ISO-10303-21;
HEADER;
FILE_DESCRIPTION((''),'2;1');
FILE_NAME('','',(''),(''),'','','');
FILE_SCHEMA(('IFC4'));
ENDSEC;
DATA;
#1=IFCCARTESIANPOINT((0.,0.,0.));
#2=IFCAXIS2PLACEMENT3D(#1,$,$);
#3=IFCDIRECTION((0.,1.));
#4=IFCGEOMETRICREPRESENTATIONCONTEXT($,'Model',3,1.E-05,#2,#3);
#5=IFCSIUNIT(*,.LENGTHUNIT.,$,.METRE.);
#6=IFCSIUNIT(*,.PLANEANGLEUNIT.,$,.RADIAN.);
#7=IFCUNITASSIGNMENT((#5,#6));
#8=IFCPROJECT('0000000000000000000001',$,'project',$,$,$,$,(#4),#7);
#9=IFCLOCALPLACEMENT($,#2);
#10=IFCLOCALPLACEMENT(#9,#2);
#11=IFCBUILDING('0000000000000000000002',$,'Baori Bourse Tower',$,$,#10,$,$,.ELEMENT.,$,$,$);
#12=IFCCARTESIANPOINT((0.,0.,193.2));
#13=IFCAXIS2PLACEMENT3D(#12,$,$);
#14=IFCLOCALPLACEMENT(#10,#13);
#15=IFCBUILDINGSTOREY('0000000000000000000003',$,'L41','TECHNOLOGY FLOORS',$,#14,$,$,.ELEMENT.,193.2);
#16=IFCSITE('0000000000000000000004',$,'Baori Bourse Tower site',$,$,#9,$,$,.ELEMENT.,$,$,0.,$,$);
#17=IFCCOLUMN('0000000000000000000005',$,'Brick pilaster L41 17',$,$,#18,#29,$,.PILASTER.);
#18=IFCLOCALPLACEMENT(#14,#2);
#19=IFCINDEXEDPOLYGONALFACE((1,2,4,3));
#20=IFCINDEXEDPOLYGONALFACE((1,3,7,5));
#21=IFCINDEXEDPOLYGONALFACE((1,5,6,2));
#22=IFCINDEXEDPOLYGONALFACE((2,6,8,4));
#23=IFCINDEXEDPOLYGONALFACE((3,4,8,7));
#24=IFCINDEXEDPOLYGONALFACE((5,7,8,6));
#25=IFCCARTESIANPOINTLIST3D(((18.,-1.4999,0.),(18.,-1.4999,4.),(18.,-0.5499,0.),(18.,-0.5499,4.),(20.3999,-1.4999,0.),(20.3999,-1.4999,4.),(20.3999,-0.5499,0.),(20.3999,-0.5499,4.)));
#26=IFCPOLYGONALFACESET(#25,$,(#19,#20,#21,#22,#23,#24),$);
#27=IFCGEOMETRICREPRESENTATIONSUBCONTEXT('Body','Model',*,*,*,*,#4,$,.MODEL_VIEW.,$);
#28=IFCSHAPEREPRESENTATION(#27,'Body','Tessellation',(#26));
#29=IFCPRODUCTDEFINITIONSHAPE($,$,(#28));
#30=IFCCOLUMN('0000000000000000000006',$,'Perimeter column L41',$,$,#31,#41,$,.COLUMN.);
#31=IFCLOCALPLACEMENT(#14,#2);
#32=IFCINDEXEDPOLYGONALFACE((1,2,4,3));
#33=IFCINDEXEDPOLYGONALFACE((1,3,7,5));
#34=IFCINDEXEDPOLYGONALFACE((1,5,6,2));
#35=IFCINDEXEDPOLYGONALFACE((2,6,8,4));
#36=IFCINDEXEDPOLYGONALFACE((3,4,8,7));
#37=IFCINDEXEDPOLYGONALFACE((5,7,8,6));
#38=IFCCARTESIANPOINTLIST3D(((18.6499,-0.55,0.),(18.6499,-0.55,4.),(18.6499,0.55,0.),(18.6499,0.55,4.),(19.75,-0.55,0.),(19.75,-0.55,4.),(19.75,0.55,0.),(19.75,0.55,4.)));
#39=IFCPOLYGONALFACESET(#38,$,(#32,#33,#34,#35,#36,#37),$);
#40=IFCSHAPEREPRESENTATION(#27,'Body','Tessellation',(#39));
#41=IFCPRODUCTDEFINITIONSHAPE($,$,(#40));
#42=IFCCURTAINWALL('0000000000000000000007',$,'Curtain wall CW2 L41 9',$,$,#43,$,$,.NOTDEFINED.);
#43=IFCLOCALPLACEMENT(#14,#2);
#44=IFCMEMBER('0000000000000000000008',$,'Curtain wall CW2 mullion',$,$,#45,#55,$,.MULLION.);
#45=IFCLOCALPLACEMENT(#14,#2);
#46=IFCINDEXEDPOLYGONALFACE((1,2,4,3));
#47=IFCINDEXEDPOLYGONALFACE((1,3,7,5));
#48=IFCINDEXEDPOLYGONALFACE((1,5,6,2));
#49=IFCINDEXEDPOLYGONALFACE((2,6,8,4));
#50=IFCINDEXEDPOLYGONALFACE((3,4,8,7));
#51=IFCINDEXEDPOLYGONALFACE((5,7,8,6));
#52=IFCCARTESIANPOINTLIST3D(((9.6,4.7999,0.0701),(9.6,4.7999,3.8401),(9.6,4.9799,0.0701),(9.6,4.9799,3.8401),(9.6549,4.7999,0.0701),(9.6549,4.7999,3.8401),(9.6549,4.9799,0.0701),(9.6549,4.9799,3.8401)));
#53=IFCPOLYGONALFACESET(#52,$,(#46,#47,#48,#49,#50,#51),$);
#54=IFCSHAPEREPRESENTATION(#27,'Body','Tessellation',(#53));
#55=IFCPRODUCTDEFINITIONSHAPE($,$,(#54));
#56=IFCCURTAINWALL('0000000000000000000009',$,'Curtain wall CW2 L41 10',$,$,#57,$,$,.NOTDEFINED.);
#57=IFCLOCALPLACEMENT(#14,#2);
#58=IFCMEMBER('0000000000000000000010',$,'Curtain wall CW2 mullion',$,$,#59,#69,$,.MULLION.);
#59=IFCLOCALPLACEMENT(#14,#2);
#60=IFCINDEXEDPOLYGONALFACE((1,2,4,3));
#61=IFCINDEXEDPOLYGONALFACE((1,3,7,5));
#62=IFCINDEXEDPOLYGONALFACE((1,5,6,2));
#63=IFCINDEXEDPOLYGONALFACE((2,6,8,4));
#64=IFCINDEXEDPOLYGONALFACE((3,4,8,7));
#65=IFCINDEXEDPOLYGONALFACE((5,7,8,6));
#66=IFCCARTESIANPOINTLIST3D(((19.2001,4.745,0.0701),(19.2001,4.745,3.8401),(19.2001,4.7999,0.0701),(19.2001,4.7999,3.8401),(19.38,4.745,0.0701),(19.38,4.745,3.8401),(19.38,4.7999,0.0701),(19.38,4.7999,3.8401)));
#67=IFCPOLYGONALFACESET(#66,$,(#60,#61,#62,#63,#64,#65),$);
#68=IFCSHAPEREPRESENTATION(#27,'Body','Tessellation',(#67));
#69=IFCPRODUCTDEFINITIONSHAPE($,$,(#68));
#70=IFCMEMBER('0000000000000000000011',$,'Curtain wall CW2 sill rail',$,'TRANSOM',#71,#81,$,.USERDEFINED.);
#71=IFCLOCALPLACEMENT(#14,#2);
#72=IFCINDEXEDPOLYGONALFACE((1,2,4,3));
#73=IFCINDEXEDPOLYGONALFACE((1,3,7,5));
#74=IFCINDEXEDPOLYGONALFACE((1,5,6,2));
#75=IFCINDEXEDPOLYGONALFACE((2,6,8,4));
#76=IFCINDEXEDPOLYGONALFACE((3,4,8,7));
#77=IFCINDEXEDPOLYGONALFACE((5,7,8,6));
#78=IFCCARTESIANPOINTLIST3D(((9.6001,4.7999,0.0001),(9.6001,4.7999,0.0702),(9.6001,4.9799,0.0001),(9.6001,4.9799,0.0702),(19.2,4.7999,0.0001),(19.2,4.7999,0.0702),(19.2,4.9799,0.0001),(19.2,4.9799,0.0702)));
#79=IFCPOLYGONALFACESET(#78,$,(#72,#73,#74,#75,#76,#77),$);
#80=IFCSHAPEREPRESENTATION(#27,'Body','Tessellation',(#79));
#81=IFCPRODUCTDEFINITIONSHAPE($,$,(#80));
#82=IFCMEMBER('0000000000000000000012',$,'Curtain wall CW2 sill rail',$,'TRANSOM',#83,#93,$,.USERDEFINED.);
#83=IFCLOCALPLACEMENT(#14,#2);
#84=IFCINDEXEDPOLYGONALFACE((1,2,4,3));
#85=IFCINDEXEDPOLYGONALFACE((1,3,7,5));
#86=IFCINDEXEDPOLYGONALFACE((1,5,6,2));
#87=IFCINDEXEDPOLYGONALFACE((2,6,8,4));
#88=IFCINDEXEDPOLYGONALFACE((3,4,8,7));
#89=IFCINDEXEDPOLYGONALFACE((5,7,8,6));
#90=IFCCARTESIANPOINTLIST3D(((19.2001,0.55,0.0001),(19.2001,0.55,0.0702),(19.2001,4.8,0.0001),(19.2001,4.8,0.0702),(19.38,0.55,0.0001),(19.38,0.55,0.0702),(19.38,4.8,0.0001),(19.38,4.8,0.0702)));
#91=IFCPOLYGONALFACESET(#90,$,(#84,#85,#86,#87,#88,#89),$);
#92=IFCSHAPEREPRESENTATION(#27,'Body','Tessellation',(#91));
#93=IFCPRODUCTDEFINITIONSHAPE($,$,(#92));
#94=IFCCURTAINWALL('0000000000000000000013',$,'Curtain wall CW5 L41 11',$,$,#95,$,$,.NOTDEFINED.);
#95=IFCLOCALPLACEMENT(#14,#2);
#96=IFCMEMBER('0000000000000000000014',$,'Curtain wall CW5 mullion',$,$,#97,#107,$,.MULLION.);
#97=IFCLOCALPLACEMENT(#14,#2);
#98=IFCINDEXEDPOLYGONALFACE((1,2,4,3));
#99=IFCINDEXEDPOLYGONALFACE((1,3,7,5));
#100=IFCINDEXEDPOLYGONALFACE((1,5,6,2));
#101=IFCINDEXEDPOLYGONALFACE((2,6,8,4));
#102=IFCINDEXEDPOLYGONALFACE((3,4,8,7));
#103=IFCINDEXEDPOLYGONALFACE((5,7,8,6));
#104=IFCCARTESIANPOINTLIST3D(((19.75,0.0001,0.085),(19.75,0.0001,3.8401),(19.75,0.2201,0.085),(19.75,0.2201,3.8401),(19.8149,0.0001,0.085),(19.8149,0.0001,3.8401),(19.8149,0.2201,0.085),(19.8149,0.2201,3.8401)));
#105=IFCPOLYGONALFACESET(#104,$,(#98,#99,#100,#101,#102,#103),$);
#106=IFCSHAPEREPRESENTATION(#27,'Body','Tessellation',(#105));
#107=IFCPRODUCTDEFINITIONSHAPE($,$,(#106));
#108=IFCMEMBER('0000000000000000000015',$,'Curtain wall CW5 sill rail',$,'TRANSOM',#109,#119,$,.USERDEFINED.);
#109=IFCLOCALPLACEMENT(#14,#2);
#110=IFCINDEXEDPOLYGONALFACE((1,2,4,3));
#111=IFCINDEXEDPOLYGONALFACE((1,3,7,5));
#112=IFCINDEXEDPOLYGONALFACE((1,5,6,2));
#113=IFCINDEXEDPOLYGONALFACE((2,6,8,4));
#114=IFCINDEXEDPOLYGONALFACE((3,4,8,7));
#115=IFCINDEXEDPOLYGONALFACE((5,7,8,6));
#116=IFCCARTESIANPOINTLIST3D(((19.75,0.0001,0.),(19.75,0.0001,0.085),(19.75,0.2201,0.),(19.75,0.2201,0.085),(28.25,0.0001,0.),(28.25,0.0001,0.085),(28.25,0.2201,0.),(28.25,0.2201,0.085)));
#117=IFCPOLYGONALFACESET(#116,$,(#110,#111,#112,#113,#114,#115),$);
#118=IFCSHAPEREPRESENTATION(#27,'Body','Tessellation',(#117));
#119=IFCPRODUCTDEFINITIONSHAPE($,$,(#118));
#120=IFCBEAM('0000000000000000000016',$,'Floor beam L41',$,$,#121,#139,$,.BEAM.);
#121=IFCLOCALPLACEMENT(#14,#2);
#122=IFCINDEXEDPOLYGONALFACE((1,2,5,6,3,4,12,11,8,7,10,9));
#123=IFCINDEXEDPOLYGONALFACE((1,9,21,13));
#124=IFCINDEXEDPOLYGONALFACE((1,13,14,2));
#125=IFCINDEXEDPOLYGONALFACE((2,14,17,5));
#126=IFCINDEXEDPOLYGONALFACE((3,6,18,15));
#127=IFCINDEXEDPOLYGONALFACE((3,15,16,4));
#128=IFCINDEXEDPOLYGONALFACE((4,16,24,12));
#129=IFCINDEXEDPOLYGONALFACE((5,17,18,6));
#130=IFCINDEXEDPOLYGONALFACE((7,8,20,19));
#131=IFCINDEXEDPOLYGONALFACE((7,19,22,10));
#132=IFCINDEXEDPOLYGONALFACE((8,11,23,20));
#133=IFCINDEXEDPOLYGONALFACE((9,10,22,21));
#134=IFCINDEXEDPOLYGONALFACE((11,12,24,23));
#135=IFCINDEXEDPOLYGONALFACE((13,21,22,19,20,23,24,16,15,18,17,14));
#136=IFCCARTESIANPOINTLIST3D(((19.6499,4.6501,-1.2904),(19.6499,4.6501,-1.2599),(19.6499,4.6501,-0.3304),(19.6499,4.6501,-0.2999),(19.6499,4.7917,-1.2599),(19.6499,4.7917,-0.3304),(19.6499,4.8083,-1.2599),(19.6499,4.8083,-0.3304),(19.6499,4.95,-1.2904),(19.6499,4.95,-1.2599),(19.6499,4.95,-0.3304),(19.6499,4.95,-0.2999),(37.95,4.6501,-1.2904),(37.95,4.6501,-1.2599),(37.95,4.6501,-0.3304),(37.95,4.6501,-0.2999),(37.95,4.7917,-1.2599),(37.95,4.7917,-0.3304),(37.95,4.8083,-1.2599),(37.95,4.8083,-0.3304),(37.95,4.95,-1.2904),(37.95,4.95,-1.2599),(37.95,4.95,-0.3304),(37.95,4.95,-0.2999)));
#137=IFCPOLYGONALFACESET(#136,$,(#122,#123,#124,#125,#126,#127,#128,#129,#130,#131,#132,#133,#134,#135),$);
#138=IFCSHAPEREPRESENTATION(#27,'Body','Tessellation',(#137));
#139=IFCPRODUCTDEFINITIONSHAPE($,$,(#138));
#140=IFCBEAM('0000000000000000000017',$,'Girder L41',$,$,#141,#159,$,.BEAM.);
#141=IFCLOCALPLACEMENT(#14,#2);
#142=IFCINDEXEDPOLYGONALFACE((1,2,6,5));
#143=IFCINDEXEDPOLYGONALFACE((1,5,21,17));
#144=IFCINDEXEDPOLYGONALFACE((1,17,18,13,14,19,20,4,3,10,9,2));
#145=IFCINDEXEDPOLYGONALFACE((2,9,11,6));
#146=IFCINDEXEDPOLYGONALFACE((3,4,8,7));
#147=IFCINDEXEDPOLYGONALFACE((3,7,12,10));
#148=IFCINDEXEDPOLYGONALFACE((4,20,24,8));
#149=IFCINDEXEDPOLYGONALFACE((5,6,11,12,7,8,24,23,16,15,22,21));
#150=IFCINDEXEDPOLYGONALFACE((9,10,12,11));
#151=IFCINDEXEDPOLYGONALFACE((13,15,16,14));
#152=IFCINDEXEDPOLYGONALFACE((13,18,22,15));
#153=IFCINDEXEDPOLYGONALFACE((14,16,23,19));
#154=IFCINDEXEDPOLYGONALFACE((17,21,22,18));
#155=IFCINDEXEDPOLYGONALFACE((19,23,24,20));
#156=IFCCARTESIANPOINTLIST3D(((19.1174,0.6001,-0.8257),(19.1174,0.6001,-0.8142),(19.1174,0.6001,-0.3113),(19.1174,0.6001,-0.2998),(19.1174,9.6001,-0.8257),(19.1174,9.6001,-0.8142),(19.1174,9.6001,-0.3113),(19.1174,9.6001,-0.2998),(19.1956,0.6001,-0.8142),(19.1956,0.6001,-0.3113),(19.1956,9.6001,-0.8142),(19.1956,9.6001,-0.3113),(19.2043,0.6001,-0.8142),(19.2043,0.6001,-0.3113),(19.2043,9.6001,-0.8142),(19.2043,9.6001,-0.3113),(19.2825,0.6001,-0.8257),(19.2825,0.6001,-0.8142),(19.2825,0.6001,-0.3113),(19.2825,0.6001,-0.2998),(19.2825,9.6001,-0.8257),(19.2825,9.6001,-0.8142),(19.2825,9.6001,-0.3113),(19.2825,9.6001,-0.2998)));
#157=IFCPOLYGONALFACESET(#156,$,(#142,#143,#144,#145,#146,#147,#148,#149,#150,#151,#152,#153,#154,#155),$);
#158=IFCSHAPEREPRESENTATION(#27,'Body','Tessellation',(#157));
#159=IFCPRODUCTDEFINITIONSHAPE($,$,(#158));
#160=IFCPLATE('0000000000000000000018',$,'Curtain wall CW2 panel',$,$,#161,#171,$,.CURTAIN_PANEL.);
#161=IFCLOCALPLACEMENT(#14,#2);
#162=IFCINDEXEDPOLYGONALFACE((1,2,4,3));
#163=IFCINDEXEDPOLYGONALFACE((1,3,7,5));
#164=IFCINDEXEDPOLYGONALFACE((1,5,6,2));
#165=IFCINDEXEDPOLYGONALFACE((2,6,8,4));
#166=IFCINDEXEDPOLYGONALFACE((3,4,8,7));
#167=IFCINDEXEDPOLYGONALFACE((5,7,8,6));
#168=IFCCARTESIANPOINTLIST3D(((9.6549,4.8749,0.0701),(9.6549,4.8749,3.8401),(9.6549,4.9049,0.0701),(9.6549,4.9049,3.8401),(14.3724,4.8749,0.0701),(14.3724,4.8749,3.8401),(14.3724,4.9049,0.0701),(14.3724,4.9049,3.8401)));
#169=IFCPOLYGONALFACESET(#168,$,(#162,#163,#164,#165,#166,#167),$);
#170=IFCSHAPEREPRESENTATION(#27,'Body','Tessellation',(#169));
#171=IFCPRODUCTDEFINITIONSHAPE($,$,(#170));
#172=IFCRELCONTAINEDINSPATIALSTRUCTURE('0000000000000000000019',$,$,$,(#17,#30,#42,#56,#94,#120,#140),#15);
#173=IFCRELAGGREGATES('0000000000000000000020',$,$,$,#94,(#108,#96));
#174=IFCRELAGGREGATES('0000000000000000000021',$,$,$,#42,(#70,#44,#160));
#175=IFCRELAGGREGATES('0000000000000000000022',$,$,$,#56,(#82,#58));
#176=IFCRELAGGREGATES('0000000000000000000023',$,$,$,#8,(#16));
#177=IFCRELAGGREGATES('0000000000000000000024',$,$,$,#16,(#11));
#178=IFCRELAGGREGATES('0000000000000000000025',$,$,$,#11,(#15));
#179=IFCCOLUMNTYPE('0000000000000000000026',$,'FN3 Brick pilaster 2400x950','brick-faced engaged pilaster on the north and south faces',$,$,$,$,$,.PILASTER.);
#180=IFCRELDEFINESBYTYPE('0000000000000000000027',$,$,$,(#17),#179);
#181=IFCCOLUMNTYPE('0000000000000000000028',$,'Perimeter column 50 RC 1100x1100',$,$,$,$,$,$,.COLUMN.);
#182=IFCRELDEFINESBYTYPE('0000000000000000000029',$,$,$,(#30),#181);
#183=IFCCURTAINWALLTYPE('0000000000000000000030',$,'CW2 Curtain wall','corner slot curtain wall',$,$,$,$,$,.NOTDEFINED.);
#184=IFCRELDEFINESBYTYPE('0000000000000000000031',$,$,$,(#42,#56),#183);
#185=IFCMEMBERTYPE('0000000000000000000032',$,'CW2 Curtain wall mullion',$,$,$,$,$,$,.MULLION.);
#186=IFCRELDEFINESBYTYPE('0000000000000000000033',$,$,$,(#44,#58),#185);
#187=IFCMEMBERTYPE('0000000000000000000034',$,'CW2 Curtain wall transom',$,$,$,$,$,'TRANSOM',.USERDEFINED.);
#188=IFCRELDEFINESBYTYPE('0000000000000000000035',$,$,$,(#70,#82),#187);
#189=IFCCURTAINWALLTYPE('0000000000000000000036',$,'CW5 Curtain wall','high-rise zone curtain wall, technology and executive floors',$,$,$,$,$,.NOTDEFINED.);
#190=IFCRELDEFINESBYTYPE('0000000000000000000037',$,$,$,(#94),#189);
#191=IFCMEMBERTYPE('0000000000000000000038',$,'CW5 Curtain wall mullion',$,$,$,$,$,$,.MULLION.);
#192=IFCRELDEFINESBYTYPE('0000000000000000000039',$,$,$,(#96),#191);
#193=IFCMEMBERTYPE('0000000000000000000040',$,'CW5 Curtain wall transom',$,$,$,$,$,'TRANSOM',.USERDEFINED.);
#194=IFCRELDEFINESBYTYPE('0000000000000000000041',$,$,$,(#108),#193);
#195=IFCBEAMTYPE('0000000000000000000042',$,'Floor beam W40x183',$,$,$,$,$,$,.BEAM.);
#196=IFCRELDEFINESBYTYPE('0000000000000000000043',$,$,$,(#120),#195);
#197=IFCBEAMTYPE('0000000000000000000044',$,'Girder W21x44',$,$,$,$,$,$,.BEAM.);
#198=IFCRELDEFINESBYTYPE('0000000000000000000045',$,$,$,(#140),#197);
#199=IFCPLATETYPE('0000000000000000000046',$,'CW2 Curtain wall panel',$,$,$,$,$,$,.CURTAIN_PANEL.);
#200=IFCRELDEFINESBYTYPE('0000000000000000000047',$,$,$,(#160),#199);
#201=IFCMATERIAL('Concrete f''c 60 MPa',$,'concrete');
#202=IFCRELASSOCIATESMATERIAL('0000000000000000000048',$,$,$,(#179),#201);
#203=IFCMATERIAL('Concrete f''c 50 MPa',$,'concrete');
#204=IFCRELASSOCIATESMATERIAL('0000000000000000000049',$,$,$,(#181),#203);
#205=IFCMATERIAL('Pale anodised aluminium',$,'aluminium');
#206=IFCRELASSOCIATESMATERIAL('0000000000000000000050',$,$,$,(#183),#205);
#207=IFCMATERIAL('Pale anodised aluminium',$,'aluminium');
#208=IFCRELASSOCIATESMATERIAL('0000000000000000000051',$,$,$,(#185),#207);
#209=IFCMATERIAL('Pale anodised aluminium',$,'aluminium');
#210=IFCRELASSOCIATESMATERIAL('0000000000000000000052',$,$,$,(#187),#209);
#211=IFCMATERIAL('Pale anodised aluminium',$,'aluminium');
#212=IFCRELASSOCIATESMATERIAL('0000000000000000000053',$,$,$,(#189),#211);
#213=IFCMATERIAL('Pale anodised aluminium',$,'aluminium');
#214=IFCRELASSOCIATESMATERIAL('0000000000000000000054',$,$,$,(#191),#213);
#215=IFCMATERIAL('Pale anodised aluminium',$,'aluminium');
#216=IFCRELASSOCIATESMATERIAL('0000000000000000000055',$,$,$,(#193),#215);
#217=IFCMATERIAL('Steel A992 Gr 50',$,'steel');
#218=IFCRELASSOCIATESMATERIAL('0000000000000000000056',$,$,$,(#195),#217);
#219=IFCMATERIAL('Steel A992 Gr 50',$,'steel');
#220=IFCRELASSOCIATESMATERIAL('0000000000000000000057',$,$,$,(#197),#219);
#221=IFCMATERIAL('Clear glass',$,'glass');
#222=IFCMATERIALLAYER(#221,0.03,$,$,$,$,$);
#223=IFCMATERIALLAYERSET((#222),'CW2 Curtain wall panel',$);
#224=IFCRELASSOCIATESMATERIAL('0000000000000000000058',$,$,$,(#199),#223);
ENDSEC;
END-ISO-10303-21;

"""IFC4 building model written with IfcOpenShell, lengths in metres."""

from ifc_helpers import new_model, si_unit, direction, frame, origin, origin_2d, place, context, subcontext, project, spatial, rectangle, i_section, extrude, material, layer, layer_set, material_profile, profile_set, type_object, element, aggregate, save


model = new_model("IFC4")

# Units and contexts
model_context = context("Model", 3, precision=1e-05, world=origin(), true_north=direction((0.0, 1.0)))
body_context = subcontext(model_context, "Body", "Model", "MODEL_VIEW")
ifc_project = project(units=[si_unit("LENGTHUNIT", "METRE"), si_unit("PLANEANGLEUNIT", "RADIAN")], contexts=[model_context])

# Site, building, storey
site_placement = place(None, origin())
site = spatial("IfcSite", under=ifc_project, at=site_placement, Name="Baori Bourse Tower site", CompositionType="ELEMENT", RefElevation=0.0)
building_placement = place(site_placement, origin())
building = spatial("IfcBuilding", under=site, at=building_placement, Name="Baori Bourse Tower", CompositionType="ELEMENT")
storey_placement = place(building_placement, frame((0.0, 0.0, 193.2)))
storey = spatial("IfcBuildingStorey", under=building, at=storey_placement, Name="L41", Description="TECHNOLOGY FLOORS", CompositionType="ELEMENT", Elevation=193.2)

# Columns
ifc_material_1 = material(Name="Concrete f'c 60 MPa", Category="concrete")
ifc_material_profile_1 = material_profile(ifc_material_1, rectangle(XDim=2.3999, YDim=0.95, at=origin_2d()), Name="RC 2400x950")
ifc_profile_set_1 = profile_set([ifc_material_profile_1], Name="Concrete f'c 60 MPa")
column_type_1 = type_object("IfcColumnType", Name="FN3 Brick pilaster 2400x950", Description="brick-faced engaged pilaster on the north and south faces", PredefinedType="PILASTER", material=ifc_profile_set_1)
column_1_placement = place(storey_placement, frame((19.2, -1.0249, 0.0), z_axis=(0.0, 0.0, 1.0), x_axis=(1.0, 0.0, 0.0)))
element("IfcColumn", 1, at=column_1_placement, inside=storey, type_object=column_type_1, Name="Brick pilaster L41 17", PredefinedType="PILASTER", context=body_context, shape_type="SweptSolid", body=[
    extrude(rectangle(XDim=2.3999, YDim=0.95, at=origin_2d()), origin(), (0.0, 0.0, 1.0), 4.0),
])
ifc_material_2 = material(Name="Concrete f'c 50 MPa", Category="concrete")
ifc_material_profile_2 = material_profile(ifc_material_2, rectangle(XDim=1.1001, YDim=1.1001, at=origin_2d()), Name="RC 1100x1100")
ifc_profile_set_2 = profile_set([ifc_material_profile_2], Name="Concrete f'c 50 MPa")
column_type_2 = type_object("IfcColumnType", Name="Perimeter column 50 RC 1100x1100", PredefinedType="COLUMN", material=ifc_profile_set_2)
column_2_placement = place(storey_placement, frame((19.2, 0.0, 0.0), z_axis=(0.0, 0.0, 1.0), x_axis=(1.0, 0.0, 0.0)))
element("IfcColumn", 2, at=column_2_placement, inside=storey, type_object=column_type_2, Name="Perimeter column L41", PredefinedType="COLUMN", context=body_context, shape_type="SweptSolid", body=[
    extrude(rectangle(XDim=1.1001, YDim=1.1001, at=origin_2d()), origin(), (0.0, 0.0, 1.0), 4.0),
])

# Curtain walls, members
ifc_material_3 = material(Name="Pale anodised aluminium", Category="aluminium")
curtain_wall_type_1 = type_object("IfcCurtainWallType", Name="CW2 Curtain wall", Description="corner slot curtain wall", PredefinedType="NOTDEFINED", material=ifc_material_3)
curtain_wall_1_placement = place(storey_placement, origin())
curtain_wall_1 = element("IfcCurtainWall", 3, at=curtain_wall_1_placement, inside=storey, type_object=curtain_wall_type_1, Name="Curtain wall CW2 L41 9", PredefinedType="NOTDEFINED")
ifc_material_4 = material(Name="Pale anodised aluminium", Category="aluminium")
ifc_material_profile_3 = material_profile(ifc_material_4, rectangle(XDim=0.1799, YDim=0.0549, at=origin_2d()), Name="Mullion 55x180")
ifc_profile_set_3 = profile_set([ifc_material_profile_3], Name="Pale anodised aluminium")
member_type_1 = type_object("IfcMemberType", Name="CW2 Curtain wall mullion", PredefinedType="MULLION", material=ifc_profile_set_3)
member_1_placement = place(storey_placement, frame((9.6274, 4.8899, 0.0701), z_axis=(0.0, 0.0, 1.0), x_axis=(0.0, 1.0, 0.0)))
member_1 = element("IfcMember", 4, at=member_1_placement, type_object=member_type_1, Name="Curtain wall CW2 mullion", PredefinedType="MULLION", context=body_context, shape_type="SweptSolid", body=[
    extrude(rectangle(XDim=0.1799, YDim=0.0549, at=origin_2d()), origin(), (0.0, 0.0, 1.0), 3.77),
])
curtain_wall_2_placement = place(storey_placement, origin())
curtain_wall_2 = element("IfcCurtainWall", 5, at=curtain_wall_2_placement, inside=storey, type_object=curtain_wall_type_1, Name="Curtain wall CW2 L41 10", PredefinedType="NOTDEFINED")
member_2_placement = place(storey_placement, frame((19.29, 4.7725, 0.0701), z_axis=(0.0, 0.0, 1.0), x_axis=(1.0, 0.0, 0.0)))
member_2 = element("IfcMember", 6, at=member_2_placement, type_object=member_type_1, Name="Curtain wall CW2 mullion", PredefinedType="MULLION", context=body_context, shape_type="SweptSolid", body=[
    extrude(rectangle(XDim=0.1799, YDim=0.0549, at=origin_2d()), origin(), (0.0, 0.0, 1.0), 3.77),
])

# Members
ifc_material_5 = material(Name="Pale anodised aluminium", Category="aluminium")
ifc_material_profile_4 = material_profile(ifc_material_5, rectangle(XDim=0.1799, YDim=0.0701, at=origin_2d()), Name="Transom 70x180")
ifc_profile_set_4 = profile_set([ifc_material_profile_4], Name="Pale anodised aluminium")
member_type_2 = type_object("IfcMemberType", Name="CW2 Curtain wall transom", ElementType="TRANSOM", PredefinedType="USERDEFINED", material=ifc_profile_set_4)
member_3_placement = place(storey_placement, frame((9.6001, 4.8899, 0.0352), z_axis=(1.0, 0.0, 0.0), x_axis=(0.0, 1.0, 0.0)))
member_3 = element("IfcMember", 7, at=member_3_placement, type_object=member_type_2, Name="Curtain wall CW2 sill rail", ObjectType="TRANSOM", PredefinedType="USERDEFINED", context=body_context, shape_type="SweptSolid", body=[
    extrude(rectangle(XDim=0.1799, YDim=0.0701, at=origin_2d()), origin(), (0.0, 0.0, 1.0), 9.5999),
])
member_4_placement = place(storey_placement, frame((19.29, 4.8, 0.0352), z_axis=(0.0, -1.0, 0.0), x_axis=(1.0, 0.0, 0.0)))
member_4 = element("IfcMember", 8, at=member_4_placement, type_object=member_type_2, Name="Curtain wall CW2 sill rail", ObjectType="TRANSOM", PredefinedType="USERDEFINED", context=body_context, shape_type="SweptSolid", body=[
    extrude(rectangle(XDim=0.1799, YDim=0.0701, at=origin_2d()), origin(), (0.0, 0.0, 1.0), 4.25),
])

# Curtain wall, members
ifc_material_6 = material(Name="Pale anodised aluminium", Category="aluminium")
curtain_wall_type_2 = type_object("IfcCurtainWallType", Name="CW5 Curtain wall", Description="high-rise zone curtain wall, technology and executive floors", PredefinedType="NOTDEFINED", material=ifc_material_6)
curtain_wall_3_placement = place(storey_placement, origin())
curtain_wall_3 = element("IfcCurtainWall", 9, at=curtain_wall_3_placement, inside=storey, type_object=curtain_wall_type_2, Name="Curtain wall CW5 L41 11", PredefinedType="NOTDEFINED")
ifc_material_7 = material(Name="Pale anodised aluminium", Category="aluminium")
ifc_material_profile_5 = material_profile(ifc_material_7, rectangle(XDim=0.22, YDim=0.0649, at=origin_2d()), Name="Mullion 65x220")
ifc_profile_set_5 = profile_set([ifc_material_profile_5], Name="Pale anodised aluminium")
member_type_3 = type_object("IfcMemberType", Name="CW5 Curtain wall mullion", PredefinedType="MULLION", material=ifc_profile_set_5)
member_5_placement = place(storey_placement, frame((19.7825, 0.1101, 0.085), z_axis=(0.0, 0.0, 1.0), x_axis=(0.0, 1.0, 0.0)))
member_5 = element("IfcMember", 10, at=member_5_placement, type_object=member_type_3, Name="Curtain wall CW5 mullion", PredefinedType="MULLION", context=body_context, shape_type="SweptSolid", body=[
    extrude(rectangle(XDim=0.22, YDim=0.0649, at=origin_2d()), origin(), (0.0, 0.0, 1.0), 3.7551),
])
ifc_material_8 = material(Name="Pale anodised aluminium", Category="aluminium")
ifc_material_profile_6 = material_profile(ifc_material_8, rectangle(XDim=0.22, YDim=0.085, at=origin_2d()), Name="Transom 85x220")
ifc_profile_set_6 = profile_set([ifc_material_profile_6], Name="Pale anodised aluminium")
member_type_4 = type_object("IfcMemberType", Name="CW5 Curtain wall transom", ElementType="TRANSOM", PredefinedType="USERDEFINED", material=ifc_profile_set_6)
member_6_placement = place(storey_placement, frame((19.75, 0.1101, 0.0425), z_axis=(1.0, 0.0, 0.0), x_axis=(0.0, 1.0, 0.0)))
member_6 = element("IfcMember", 11, at=member_6_placement, type_object=member_type_4, Name="Curtain wall CW5 sill rail", ObjectType="TRANSOM", PredefinedType="USERDEFINED", context=body_context, shape_type="SweptSolid", body=[
    extrude(rectangle(XDim=0.22, YDim=0.085, at=origin_2d()), origin(), (0.0, 0.0, 1.0), 8.5),
])
aggregate(curtain_wall_3, [member_6, member_5])

# Beams
ifc_material_9 = material(Name="Steel A992 Gr 50", Category="steel")
ifc_material_profile_7 = material_profile(ifc_material_9, i_section(OverallWidth=0.2998, OverallDepth=0.9905, WebThickness=0.0166, FlangeThickness=0.0305, at=origin_2d()), Name="W40x183")
ifc_profile_set_7 = profile_set([ifc_material_profile_7], Name="Steel A992 Gr 50")
beam_type_1 = type_object("IfcBeamType", Name="Floor beam W40x183", PredefinedType="BEAM", material=ifc_profile_set_7)
beam_1_placement = place(storey_placement, frame((19.6499, 4.8, -0.7952), z_axis=(1.0, 0.0, 0.0), x_axis=(0.0, 1.0, 0.0)))
element("IfcBeam", 12, at=beam_1_placement, inside=storey, type_object=beam_type_1, Name="Floor beam L41", PredefinedType="BEAM", context=body_context, shape_type="SweptSolid", body=[
    extrude(i_section(OverallWidth=0.2998, OverallDepth=0.9905, WebThickness=0.0166, FlangeThickness=0.0305, at=origin_2d()), origin(), (0.0, 0.0, 1.0), 18.3),
])
ifc_material_10 = material(Name="Steel A992 Gr 50", Category="steel")
ifc_material_profile_8 = material_profile(ifc_material_10, i_section(OverallWidth=0.165, OverallDepth=0.5259, WebThickness=0.0088, FlangeThickness=0.0115, at=origin_2d()), Name="W21x44")
ifc_profile_set_8 = profile_set([ifc_material_profile_8], Name="Steel A992 Gr 50")
beam_type_2 = type_object("IfcBeamType", Name="Girder W21x44", PredefinedType="BEAM", material=ifc_profile_set_8)
beam_2_placement = place(storey_placement, frame((19.2, 0.6001, -0.5627), z_axis=(0.0, 1.0, 0.0), x_axis=(-1.0, 0.0, 0.0)))
element("IfcBeam", 13, at=beam_2_placement, inside=storey, type_object=beam_type_2, Name="Girder L41", PredefinedType="BEAM", context=body_context, shape_type="SweptSolid", body=[
    extrude(i_section(OverallWidth=0.165, OverallDepth=0.5259, WebThickness=0.0088, FlangeThickness=0.0115, at=origin_2d()), origin(), (0.0, 0.0, 1.0), 9.0),
])

# Plate
ifc_material_11 = material(Name="Clear glass", Category="glass")
ifc_layer_1 = layer(ifc_material_11, 0.03)
ifc_layer_set_1 = layer_set([ifc_layer_1], Name="CW2 Curtain wall panel")
plate_type = type_object("IfcPlateType", Name="CW2 Curtain wall panel", PredefinedType="CURTAIN_PANEL", material=ifc_layer_set_1)
plate_1_placement = place(storey_placement, frame((12.0137, 4.8899, 0.0701), z_axis=(0.0, 0.0, 1.0), x_axis=(1.0, 0.0, 0.0)))
plate_1 = element("IfcPlate", 14, at=plate_1_placement, type_object=plate_type, Name="Curtain wall CW2 panel", PredefinedType="CURTAIN_PANEL", context=body_context, shape_type="SweptSolid", body=[
    extrude(rectangle(XDim=4.7175, YDim=0.03, at=origin_2d()), origin(), (0.0, 0.0, 1.0), 3.77),
])
aggregate(curtain_wall_1, [member_3, member_1, plate_1])
aggregate(curtain_wall_2, [member_4, member_2])

save(model, "model.ifc")
